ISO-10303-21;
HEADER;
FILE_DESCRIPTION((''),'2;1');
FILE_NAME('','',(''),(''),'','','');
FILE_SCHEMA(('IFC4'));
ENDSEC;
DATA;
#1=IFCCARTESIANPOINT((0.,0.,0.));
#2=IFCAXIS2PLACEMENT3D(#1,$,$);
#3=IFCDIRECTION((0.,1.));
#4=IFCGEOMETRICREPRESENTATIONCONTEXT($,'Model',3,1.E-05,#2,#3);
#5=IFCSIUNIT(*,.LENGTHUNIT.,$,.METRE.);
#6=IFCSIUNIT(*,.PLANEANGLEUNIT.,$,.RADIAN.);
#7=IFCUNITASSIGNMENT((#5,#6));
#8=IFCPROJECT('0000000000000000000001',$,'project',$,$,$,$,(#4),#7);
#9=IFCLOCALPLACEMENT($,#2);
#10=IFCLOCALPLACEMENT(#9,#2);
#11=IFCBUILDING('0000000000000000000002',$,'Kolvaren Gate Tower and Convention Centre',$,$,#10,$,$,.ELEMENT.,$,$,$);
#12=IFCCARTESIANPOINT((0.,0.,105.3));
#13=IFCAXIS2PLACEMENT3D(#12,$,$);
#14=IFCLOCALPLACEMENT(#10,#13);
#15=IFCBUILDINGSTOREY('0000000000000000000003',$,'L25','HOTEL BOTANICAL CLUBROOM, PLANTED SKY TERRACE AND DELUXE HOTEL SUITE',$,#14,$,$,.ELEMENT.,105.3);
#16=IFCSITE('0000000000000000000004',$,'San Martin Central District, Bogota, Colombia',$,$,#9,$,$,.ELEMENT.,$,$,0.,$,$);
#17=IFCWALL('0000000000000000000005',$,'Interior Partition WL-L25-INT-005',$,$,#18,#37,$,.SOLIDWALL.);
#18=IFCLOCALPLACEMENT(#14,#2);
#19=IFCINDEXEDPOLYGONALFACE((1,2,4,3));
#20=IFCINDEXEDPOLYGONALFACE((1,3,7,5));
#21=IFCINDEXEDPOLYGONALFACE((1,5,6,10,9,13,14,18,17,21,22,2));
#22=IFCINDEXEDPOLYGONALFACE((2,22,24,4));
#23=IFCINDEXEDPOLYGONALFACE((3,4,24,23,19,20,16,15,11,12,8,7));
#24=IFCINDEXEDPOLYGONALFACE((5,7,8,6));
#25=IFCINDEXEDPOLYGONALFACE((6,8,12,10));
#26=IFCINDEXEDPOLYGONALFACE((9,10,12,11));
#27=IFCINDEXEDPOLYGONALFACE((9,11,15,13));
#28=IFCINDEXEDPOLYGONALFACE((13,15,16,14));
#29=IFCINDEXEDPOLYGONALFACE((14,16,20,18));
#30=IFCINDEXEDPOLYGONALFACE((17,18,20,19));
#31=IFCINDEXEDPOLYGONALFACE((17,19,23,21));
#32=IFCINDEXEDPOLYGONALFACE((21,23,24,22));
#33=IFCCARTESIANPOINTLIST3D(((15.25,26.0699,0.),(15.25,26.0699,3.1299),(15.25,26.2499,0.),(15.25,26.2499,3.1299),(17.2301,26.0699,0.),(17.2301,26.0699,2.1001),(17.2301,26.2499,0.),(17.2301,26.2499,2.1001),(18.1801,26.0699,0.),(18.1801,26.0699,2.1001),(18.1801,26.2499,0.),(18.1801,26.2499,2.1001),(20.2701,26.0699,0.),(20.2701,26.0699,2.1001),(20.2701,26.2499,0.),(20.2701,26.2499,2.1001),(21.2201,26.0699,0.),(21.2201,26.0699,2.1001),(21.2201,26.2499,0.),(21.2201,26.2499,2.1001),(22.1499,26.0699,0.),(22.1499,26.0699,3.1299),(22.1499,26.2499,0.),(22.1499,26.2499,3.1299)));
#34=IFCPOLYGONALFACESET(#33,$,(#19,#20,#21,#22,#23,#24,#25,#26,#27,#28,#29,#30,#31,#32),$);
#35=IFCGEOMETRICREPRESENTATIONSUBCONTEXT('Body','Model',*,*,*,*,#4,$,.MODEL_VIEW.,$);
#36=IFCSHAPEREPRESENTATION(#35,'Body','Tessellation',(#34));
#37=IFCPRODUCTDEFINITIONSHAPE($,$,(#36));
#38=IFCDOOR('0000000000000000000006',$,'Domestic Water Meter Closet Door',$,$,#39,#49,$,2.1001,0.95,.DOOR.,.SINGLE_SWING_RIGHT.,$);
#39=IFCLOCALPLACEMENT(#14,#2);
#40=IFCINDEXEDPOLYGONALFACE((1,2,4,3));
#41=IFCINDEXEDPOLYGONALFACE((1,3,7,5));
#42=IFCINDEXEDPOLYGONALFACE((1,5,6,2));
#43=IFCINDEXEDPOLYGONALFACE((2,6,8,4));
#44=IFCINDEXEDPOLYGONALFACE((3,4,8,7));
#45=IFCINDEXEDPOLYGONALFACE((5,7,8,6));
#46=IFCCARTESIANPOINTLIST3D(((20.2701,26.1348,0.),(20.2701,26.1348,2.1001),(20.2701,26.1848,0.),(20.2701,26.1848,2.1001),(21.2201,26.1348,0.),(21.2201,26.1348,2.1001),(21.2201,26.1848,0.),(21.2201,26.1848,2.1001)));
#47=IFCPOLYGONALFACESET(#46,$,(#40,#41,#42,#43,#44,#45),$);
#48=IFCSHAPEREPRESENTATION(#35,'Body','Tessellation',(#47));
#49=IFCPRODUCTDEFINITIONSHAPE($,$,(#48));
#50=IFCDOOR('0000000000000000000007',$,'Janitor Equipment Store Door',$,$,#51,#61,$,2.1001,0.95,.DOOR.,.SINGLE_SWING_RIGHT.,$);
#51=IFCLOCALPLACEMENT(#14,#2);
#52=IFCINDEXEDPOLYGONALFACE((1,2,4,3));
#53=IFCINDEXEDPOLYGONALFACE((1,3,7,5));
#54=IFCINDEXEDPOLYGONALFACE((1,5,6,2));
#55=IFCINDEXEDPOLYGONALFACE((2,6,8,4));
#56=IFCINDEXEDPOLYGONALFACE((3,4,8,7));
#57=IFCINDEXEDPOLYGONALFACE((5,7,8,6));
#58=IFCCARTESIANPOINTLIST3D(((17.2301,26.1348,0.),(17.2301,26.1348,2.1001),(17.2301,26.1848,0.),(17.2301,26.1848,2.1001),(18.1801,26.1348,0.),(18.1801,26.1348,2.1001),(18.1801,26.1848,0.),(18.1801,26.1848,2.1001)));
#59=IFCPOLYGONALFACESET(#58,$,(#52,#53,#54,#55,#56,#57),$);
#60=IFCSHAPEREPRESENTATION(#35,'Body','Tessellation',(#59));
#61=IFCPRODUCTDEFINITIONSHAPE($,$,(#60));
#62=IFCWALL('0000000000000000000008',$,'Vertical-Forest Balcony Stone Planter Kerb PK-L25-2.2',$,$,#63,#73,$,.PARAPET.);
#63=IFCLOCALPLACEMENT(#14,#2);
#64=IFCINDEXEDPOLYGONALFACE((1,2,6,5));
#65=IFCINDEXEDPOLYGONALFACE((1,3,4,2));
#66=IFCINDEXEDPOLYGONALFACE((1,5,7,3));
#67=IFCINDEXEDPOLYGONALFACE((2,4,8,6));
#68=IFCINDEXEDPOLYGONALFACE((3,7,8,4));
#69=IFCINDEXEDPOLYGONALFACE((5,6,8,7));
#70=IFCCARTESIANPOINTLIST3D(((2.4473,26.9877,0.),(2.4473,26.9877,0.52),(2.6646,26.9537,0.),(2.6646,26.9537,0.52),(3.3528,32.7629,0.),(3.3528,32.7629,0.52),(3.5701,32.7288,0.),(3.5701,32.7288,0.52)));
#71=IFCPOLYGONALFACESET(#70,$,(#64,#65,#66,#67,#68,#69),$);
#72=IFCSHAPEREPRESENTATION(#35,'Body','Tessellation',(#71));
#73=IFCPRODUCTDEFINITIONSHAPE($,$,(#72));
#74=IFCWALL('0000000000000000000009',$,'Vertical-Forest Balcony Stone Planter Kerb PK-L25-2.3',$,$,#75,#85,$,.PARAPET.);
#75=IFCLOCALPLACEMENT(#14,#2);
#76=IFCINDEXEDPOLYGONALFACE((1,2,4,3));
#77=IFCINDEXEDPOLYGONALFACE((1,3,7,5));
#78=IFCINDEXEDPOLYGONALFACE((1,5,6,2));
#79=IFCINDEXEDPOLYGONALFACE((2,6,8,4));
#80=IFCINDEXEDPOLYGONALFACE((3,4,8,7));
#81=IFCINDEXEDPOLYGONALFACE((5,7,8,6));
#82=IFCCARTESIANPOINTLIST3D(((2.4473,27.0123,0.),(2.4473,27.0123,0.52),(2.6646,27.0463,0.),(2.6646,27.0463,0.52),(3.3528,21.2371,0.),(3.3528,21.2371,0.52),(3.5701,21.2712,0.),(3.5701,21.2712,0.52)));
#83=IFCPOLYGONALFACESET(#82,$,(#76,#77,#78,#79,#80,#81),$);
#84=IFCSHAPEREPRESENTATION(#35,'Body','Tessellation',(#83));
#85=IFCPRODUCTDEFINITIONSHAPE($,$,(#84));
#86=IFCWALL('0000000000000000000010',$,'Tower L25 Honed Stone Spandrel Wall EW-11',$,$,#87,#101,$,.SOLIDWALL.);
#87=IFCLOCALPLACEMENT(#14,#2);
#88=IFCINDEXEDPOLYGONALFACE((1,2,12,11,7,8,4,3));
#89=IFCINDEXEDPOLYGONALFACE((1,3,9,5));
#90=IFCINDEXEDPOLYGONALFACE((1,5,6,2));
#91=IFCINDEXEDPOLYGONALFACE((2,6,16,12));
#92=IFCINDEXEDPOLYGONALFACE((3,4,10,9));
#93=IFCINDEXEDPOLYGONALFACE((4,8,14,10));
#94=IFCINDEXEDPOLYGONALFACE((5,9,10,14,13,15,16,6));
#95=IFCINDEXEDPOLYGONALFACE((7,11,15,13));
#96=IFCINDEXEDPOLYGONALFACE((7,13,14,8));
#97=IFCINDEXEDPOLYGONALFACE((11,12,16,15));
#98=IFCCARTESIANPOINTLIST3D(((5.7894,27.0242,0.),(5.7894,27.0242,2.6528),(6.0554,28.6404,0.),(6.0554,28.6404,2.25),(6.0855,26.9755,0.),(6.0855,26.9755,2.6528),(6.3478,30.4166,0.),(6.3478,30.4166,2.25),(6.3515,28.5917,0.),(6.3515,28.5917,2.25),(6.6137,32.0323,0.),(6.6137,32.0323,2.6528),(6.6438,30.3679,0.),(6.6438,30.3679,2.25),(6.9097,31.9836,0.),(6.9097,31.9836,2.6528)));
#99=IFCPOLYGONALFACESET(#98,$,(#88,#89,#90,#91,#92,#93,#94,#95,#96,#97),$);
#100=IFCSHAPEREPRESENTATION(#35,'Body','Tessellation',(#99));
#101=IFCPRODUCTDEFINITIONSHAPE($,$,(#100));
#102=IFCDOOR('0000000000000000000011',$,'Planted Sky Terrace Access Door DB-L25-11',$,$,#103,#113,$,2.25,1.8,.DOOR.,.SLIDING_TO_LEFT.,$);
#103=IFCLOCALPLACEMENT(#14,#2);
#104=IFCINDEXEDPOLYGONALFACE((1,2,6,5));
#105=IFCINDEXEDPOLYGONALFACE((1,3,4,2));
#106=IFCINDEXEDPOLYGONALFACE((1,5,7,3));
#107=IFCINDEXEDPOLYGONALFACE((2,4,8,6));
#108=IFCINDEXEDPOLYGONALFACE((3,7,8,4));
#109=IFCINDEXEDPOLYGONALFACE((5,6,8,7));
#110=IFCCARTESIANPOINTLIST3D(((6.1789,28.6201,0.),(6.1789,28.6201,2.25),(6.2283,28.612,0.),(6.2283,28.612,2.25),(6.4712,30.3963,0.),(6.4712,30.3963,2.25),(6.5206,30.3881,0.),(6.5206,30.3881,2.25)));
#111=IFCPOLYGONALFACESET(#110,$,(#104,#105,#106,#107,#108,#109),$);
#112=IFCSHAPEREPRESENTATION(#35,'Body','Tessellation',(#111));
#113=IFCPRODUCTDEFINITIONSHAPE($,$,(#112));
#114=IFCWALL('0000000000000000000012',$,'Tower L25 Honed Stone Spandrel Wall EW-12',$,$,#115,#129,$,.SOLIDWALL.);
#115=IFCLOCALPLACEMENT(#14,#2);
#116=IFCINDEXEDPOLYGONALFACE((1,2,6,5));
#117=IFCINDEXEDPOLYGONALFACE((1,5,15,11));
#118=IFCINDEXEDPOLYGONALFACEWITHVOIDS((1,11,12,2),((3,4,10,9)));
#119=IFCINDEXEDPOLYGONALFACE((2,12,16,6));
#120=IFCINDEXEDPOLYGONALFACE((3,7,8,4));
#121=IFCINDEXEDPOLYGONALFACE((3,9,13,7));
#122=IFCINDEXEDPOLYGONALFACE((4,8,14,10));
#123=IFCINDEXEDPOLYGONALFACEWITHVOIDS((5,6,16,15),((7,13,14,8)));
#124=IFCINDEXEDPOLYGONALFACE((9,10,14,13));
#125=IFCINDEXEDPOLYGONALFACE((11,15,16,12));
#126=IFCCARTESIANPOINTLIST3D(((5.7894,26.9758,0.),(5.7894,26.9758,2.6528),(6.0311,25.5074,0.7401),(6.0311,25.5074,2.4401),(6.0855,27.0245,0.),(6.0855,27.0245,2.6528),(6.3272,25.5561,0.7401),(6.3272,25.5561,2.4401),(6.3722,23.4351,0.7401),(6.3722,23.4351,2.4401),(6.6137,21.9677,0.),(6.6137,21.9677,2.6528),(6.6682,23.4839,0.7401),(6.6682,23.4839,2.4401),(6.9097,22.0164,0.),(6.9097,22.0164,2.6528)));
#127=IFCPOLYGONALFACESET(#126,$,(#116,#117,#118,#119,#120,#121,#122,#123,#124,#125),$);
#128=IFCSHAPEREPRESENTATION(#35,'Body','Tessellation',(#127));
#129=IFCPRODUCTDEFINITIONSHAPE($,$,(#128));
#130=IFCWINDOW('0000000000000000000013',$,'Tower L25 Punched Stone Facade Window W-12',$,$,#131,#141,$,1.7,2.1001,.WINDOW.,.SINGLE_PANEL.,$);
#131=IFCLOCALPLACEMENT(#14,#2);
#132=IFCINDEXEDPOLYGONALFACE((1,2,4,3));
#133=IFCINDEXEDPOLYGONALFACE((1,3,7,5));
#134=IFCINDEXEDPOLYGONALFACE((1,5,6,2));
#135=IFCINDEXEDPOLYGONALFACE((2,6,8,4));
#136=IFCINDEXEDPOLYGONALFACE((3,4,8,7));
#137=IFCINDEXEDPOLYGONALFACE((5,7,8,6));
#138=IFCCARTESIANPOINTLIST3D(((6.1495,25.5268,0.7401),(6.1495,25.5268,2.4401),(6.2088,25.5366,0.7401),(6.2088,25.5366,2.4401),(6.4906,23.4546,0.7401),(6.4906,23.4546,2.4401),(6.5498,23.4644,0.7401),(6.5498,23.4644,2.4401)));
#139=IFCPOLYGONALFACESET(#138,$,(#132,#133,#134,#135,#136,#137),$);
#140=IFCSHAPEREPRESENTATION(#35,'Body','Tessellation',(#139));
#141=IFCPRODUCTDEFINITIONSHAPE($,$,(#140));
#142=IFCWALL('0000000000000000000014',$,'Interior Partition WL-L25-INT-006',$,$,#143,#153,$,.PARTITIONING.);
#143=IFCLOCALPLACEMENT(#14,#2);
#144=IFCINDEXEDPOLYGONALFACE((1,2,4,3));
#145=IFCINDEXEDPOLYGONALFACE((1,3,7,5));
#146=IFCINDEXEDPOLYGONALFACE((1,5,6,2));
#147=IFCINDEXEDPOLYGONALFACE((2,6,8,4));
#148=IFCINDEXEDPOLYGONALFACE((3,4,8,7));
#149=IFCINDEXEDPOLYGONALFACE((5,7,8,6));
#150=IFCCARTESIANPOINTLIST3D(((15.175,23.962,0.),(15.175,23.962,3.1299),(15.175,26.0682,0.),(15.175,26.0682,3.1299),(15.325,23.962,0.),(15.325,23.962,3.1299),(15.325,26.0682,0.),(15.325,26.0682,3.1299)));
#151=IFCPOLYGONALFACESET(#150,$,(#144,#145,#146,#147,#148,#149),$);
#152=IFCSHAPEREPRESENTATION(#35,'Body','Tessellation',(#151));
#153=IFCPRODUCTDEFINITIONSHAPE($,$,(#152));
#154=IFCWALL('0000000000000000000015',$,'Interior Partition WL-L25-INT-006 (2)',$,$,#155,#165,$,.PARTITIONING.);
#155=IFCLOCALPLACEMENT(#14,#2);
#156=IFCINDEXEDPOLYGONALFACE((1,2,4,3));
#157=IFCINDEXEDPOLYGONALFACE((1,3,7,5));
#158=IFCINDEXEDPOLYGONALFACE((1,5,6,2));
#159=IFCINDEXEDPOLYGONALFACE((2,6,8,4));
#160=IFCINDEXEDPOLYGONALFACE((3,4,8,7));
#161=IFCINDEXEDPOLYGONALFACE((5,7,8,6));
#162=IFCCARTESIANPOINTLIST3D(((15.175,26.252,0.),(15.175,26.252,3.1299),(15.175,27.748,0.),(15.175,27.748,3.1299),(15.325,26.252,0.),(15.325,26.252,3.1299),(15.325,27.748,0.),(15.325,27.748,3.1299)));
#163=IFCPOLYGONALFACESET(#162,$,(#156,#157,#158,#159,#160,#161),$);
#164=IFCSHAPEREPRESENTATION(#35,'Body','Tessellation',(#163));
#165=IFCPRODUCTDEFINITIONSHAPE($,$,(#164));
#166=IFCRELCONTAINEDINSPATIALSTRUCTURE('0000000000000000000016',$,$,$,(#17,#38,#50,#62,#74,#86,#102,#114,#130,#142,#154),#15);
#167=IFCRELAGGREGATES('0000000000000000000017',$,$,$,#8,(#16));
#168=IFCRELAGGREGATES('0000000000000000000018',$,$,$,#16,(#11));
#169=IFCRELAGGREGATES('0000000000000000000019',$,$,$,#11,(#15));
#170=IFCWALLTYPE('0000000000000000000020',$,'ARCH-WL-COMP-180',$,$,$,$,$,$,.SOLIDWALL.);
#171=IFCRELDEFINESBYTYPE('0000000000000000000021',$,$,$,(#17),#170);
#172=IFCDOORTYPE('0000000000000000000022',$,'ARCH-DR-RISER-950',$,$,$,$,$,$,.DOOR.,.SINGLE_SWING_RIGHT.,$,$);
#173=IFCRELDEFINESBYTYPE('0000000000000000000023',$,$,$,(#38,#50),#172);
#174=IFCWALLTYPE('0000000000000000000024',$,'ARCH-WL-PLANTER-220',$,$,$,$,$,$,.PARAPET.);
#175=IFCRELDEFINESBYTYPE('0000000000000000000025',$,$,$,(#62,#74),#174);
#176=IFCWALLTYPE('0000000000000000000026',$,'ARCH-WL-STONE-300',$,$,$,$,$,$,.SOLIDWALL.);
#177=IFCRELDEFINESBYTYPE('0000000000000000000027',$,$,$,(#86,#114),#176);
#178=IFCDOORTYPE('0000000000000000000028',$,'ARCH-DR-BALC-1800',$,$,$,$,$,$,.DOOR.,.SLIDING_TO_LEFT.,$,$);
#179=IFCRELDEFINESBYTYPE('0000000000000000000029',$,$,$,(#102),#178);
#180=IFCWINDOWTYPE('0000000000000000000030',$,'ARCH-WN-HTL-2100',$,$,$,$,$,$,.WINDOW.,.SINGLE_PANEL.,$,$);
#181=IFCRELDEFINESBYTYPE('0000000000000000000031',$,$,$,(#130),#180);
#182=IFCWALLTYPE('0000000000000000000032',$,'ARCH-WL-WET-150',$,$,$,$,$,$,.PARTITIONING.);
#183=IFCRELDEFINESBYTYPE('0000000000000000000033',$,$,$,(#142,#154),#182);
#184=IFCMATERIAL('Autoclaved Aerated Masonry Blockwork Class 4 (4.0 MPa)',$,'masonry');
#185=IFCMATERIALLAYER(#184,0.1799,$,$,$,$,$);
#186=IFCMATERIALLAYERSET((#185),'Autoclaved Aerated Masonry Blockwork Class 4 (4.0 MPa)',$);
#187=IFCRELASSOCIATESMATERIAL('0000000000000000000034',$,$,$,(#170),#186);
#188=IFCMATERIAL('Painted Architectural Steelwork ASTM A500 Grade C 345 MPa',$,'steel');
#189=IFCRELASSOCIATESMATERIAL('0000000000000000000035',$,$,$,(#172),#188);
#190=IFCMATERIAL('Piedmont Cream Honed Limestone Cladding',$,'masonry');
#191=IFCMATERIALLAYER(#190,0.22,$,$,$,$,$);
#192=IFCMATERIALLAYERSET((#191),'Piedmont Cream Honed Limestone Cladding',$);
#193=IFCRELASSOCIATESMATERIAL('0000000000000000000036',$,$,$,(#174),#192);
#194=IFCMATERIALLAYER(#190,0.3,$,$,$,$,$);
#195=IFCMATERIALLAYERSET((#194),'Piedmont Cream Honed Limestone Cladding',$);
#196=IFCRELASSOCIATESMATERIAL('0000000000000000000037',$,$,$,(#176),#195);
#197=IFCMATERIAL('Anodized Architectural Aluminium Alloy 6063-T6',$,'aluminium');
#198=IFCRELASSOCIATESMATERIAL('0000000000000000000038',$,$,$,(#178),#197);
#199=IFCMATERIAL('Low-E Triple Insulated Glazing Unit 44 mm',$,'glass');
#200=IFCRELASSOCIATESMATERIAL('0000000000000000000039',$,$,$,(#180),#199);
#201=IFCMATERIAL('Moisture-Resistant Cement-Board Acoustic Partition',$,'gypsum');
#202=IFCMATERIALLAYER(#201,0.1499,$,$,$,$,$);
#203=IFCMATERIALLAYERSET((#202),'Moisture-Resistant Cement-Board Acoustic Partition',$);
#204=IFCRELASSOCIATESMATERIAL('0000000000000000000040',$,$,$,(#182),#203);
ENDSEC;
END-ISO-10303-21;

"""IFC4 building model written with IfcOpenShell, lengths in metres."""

from ifc_helpers import new_model, si_unit, direction, frame, frame_2d, origin, place, context, subcontext, project, spatial, rectangle, extrude, material, layer, layer_set, type_object, element, fill, save


model = new_model("IFC4")

# Units and contexts
model_context = context("Model", 3, precision=1e-05, world=origin(), true_north=direction((0.0, 1.0)))
body_context = subcontext(model_context, "Body", "Model", "MODEL_VIEW")
ifc_project = project(units=[si_unit("LENGTHUNIT", "METRE"), si_unit("PLANEANGLEUNIT", "RADIAN")], contexts=[model_context])

# Site, building, storey
site_placement = place(None, origin())
site = spatial("IfcSite", under=ifc_project, at=site_placement, Name="San Martin Central District, Bogota, Colombia", CompositionType="ELEMENT", RefElevation=0.0)
building_placement = place(site_placement, origin())
building = spatial("IfcBuilding", under=site, at=building_placement, Name="Kolvaren Gate Tower and Convention Centre", CompositionType="ELEMENT")
storey_placement = place(building_placement, frame((0.0, 0.0, 105.3)))
storey = spatial("IfcBuildingStorey", under=building, at=storey_placement, Name="L25", Description="HOTEL BOTANICAL CLUBROOM, PLANTED SKY TERRACE AND DELUXE HOTEL SUITE", CompositionType="ELEMENT", Elevation=105.3)

# Wall, openings, doors
ifc_material_1 = material(Name="Autoclaved Aerated Masonry Blockwork Class 4 (4.0 MPa)", Category="masonry")
ifc_layer_1 = layer(ifc_material_1, 0.1799)
ifc_layer_set_1 = layer_set([ifc_layer_1], Name="Autoclaved Aerated Masonry Blockwork Class 4 (4.0 MPa)")
wall_type_1 = type_object("IfcWallType", Name="ARCH-WL-COMP-180", PredefinedType="SOLIDWALL", material=ifc_layer_set_1)
ifc_material_2 = material(Name="Painted Architectural Steelwork ASTM A500 Grade C 345 MPa", Category="steel")
door_type_1 = type_object("IfcDoorType", Name="ARCH-DR-RISER-950", OperationType="SINGLE_SWING_RIGHT", PredefinedType="DOOR", material=ifc_material_2)
wall_1_placement = place(storey_placement, frame((15.25, 26.1599, 0.0), z_axis=(0.0, 0.0, 1.0), x_axis=(1.0, 0.0, 0.0)))
wall_1 = element("IfcWall", 1, at=wall_1_placement, inside=storey, type_object=wall_type_1, Name="Interior Partition WL-L25-INT-005", PredefinedType="SOLIDWALL", context=body_context, shape_type="SweptSolid", body=[
    extrude(rectangle(XDim=6.8999, YDim=0.1799, at=frame_2d((3.45, 0.0))), origin(), (0.0, 0.0, 1.0), 3.1299),
])
opening_1_placement = place(wall_1_placement, frame((5.02, 0.0, 0.0)))
opening_1 = element("IfcOpeningElement", 2, at=opening_1_placement, cuts=wall_1, PredefinedType="OPENING", context=body_context, shape_type="SweptSolid", body=[
    extrude(rectangle(XDim=0.95, YDim=2.1001, at=frame_2d((0.4751, 1.05))), frame((0.0, 0.0999, 0.0), z_axis=(0.0, -1.0, 0.0), x_axis=(1.0, 0.0, 0.0)), (0.0, 0.0, 1.0), 0.2),
])
opening_2_placement = place(wall_1_placement, frame((1.98, 0.0, 0.0)))
opening_2 = element("IfcOpeningElement", 3, at=opening_2_placement, cuts=wall_1, PredefinedType="OPENING", context=body_context, shape_type="SweptSolid", body=[
    extrude(rectangle(XDim=0.95, YDim=2.1001, at=frame_2d((0.4751, 1.05))), frame((0.0, 0.0999, 0.0), z_axis=(0.0, -1.0, 0.0), x_axis=(1.0, 0.0, 0.0)), (0.0, 0.0, 1.0), 0.2),
])
door_1_placement = place(opening_1_placement, origin())
door_1 = element("IfcDoor", 4, at=door_1_placement, inside=storey, type_object=door_type_1, Name="Domestic Water Meter Closet Door", OperationType="SINGLE_SWING_RIGHT", OverallHeight=2.1001, OverallWidth=0.95, PredefinedType="DOOR", context=body_context, shape_type="SweptSolid", body=[
    extrude(rectangle(XDim=0.95, YDim=2.1001, at=frame_2d((0.4751, 1.05))), frame((0.0, 0.0249, 0.0), z_axis=(0.0, -1.0, 0.0), x_axis=(1.0, 0.0, 0.0)), (0.0, 0.0, 1.0), 0.05),
])
fill(opening_1, door_1)
door_2_placement = place(opening_2_placement, origin())
door_2 = element("IfcDoor", 5, at=door_2_placement, inside=storey, type_object=door_type_1, Name="Janitor Equipment Store Door", OperationType="SINGLE_SWING_RIGHT", OverallHeight=2.1001, OverallWidth=0.95, PredefinedType="DOOR", context=body_context, shape_type="SweptSolid", body=[
    extrude(rectangle(XDim=0.95, YDim=2.1001, at=frame_2d((0.4751, 1.05))), frame((0.0, 0.0249, 0.0), z_axis=(0.0, -1.0, 0.0), x_axis=(1.0, 0.0, 0.0)), (0.0, 0.0, 1.0), 0.05),
])
fill(opening_2, door_2)

# Walls
ifc_material_3 = material(Name="Piedmont Cream Honed Limestone Cladding", Category="masonry")
ifc_layer_2 = layer(ifc_material_3, 0.22)
ifc_layer_set_2 = layer_set([ifc_layer_2], Name="Piedmont Cream Honed Limestone Cladding")
wall_type_2 = type_object("IfcWallType", Name="ARCH-WL-PLANTER-220", PredefinedType="PARAPET", material=ifc_layer_set_2)
for number, where, z_axis, x_axis, name in (
    (6, (2.5559, 26.9707, 0.0), (0.0, 0.0, 1.0), (0.154903, 0.98793, 0.0), "Vertical-Forest Balcony Stone Planter Kerb PK-L25-2.2"),
    (7, (2.5559, 27.0293, 0.0), (0.0, 0.0, 1.0), (0.154903, -0.98793, 0.0), "Vertical-Forest Balcony Stone Planter Kerb PK-L25-2.3"),
):
    element("IfcWall", number, at=place(storey_placement, frame(where, z_axis=z_axis, x_axis=x_axis)), inside=storey, type_object=wall_type_2, Name=name, PredefinedType="PARAPET", context=body_context, shape_type="SweptSolid", body=[
        extrude(rectangle(XDim=5.8457, YDim=0.22, at=frame_2d((2.9229, 0.0))), origin(), (0.0, 0.0, 1.0), 0.52),
    ])

# Wall, opening, door
ifc_layer_3 = layer(ifc_material_3, 0.3)
ifc_layer_set_3 = layer_set([ifc_layer_3], Name="Piedmont Cream Honed Limestone Cladding")
wall_type_3 = type_object("IfcWallType", Name="ARCH-WL-STONE-300", PredefinedType="SOLIDWALL", material=ifc_layer_set_3)
wall_2_placement = place(storey_placement, frame((5.9375, 27.0, 0.0), z_axis=(0.0, 0.0, 1.0), x_axis=(0.162394, 0.986726, 0.0)))
wall_2 = element("IfcWall", 8, at=wall_2_placement, inside=storey, type_object=wall_type_3, Name="Tower L25 Honed Stone Spandrel Wall EW-11", PredefinedType="SOLIDWALL", context=body_context, shape_type="SweptSolid", body=[
    extrude(rectangle(XDim=5.0754, YDim=0.3, at=frame_2d((2.5376, 0.0))), origin(), (0.0, 0.0, 1.0), 2.6528),
])
opening_3_placement = place(wall_2_placement, frame((1.6379, 0.0, 0.0)))
opening_3 = element("IfcOpeningElement", 9, at=opening_3_placement, cuts=wall_2, PredefinedType="OPENING", context=body_context, shape_type="SweptSolid", body=[
    extrude(rectangle(XDim=1.8, YDim=2.25, at=frame_2d((0.8999, 1.125))), frame((0.0, 0.1599, 0.0), z_axis=(0.0, -1.0, 0.0), x_axis=(1.0, 0.0, 0.0)), (0.0, 0.0, 1.0), 0.3201),
])
ifc_material_4 = material(Name="Anodized Architectural Aluminium Alloy 6063-T6", Category="aluminium")
door_type_2 = type_object("IfcDoorType", Name="ARCH-DR-BALC-1800", OperationType="SLIDING_TO_LEFT", PredefinedType="DOOR", material=ifc_material_4)
door_3_placement = place(opening_3_placement, origin())
door_3 = element("IfcDoor", 10, at=door_3_placement, inside=storey, type_object=door_type_2, Name="Planted Sky Terrace Access Door DB-L25-11", OperationType="SLIDING_TO_LEFT", OverallHeight=2.25, OverallWidth=1.8, PredefinedType="DOOR", context=body_context, shape_type="SweptSolid", body=[
    extrude(rectangle(XDim=1.8, YDim=2.25, at=frame_2d((0.8999, 1.125))), frame((0.0, 0.0249, 0.0), z_axis=(0.0, -1.0, 0.0), x_axis=(1.0, 0.0, 0.0)), (0.0, 0.0, 1.0), 0.05),
])
fill(opening_3, door_3)

# Wall, opening, window
wall_3_placement = place(storey_placement, frame((5.9375, 27.0, 0.0), z_axis=(0.0, 0.0, 1.0), x_axis=(0.162394, -0.986726, 0.0)))
wall_3 = element("IfcWall", 11, at=wall_3_placement, inside=storey, type_object=wall_type_3, Name="Tower L25 Honed Stone Spandrel Wall EW-12", PredefinedType="SOLIDWALL", context=body_context, shape_type="SweptSolid", body=[
    extrude(rectangle(XDim=5.0754, YDim=0.3, at=frame_2d((2.5376, 0.0))), origin(), (0.0, 0.0, 1.0), 2.6528),
])
opening_4_placement = place(wall_3_placement, frame((1.488, 0.0, 0.74)))
opening_4 = element("IfcOpeningElement", 12, at=opening_4_placement, cuts=wall_3, PredefinedType="OPENING", context=body_context, shape_type="SweptSolid", body=[
    extrude(rectangle(XDim=2.1001, YDim=1.7, at=frame_2d((1.05, 0.8501))), frame((0.0, 0.1599, 0.0), z_axis=(0.0, -1.0, 0.0), x_axis=(1.0, 0.0, 0.0)), (0.0, 0.0, 1.0), 0.3201),
])
ifc_material_5 = material(Name="Low-E Triple Insulated Glazing Unit 44 mm", Category="glass")
window_type = type_object("IfcWindowType", Name="ARCH-WN-HTL-2100", PartitioningType="SINGLE_PANEL", PredefinedType="WINDOW", material=ifc_material_5)
window_placement = place(opening_4_placement, origin())
window = element("IfcWindow", 13, at=window_placement, inside=storey, type_object=window_type, Name="Tower L25 Punched Stone Facade Window W-12", OverallHeight=1.7, OverallWidth=2.1001, PartitioningType="SINGLE_PANEL", PredefinedType="WINDOW", context=body_context, shape_type="SweptSolid", body=[
    extrude(rectangle(XDim=2.1001, YDim=1.7, at=frame_2d((1.05, 0.8501))), frame((0.0, 0.03, 0.0), z_axis=(0.0, -1.0, 0.0), x_axis=(1.0, 0.0, 0.0)), (0.0, 0.0, 1.0), 0.0601),
])
fill(opening_4, window)

# Walls
ifc_material_6 = material(Name="Moisture-Resistant Cement-Board Acoustic Partition", Category="gypsum")
ifc_layer_4 = layer(ifc_material_6, 0.1499)
ifc_layer_set_4 = layer_set([ifc_layer_4], Name="Moisture-Resistant Cement-Board Acoustic Partition")
wall_type_4 = type_object("IfcWallType", Name="ARCH-WL-WET-150", PredefinedType="PARTITIONING", material=ifc_layer_set_4)
wall_4_placement = place(storey_placement, frame((15.25, 23.9619, 0.0), z_axis=(0.0, 0.0, 1.0), x_axis=(0.0, 1.0, 0.0)))
element("IfcWall", 14, at=wall_4_placement, inside=storey, type_object=wall_type_4, Name="Interior Partition WL-L25-INT-006", PredefinedType="PARTITIONING", context=body_context, shape_type="SweptSolid", body=[
    extrude(rectangle(XDim=2.1062, YDim=0.1499, at=frame_2d((1.0532, 0.0))), origin(), (0.0, 0.0, 1.0), 3.1299),
])
wall_5_placement = place(storey_placement, frame((15.25, 26.252, 0.0), z_axis=(0.0, 0.0, 1.0), x_axis=(0.0, 1.0, 0.0)))
element("IfcWall", 15, at=wall_5_placement, inside=storey, type_object=wall_type_4, Name="Interior Partition WL-L25-INT-006 (2)", PredefinedType="PARTITIONING", context=body_context, shape_type="SweptSolid", body=[
    extrude(rectangle(XDim=1.4961, YDim=0.1499, at=frame_2d((0.748, 0.0))), origin(), (0.0, 0.0, 1.0), 3.1299),
])

save(model, "model.ifc")
